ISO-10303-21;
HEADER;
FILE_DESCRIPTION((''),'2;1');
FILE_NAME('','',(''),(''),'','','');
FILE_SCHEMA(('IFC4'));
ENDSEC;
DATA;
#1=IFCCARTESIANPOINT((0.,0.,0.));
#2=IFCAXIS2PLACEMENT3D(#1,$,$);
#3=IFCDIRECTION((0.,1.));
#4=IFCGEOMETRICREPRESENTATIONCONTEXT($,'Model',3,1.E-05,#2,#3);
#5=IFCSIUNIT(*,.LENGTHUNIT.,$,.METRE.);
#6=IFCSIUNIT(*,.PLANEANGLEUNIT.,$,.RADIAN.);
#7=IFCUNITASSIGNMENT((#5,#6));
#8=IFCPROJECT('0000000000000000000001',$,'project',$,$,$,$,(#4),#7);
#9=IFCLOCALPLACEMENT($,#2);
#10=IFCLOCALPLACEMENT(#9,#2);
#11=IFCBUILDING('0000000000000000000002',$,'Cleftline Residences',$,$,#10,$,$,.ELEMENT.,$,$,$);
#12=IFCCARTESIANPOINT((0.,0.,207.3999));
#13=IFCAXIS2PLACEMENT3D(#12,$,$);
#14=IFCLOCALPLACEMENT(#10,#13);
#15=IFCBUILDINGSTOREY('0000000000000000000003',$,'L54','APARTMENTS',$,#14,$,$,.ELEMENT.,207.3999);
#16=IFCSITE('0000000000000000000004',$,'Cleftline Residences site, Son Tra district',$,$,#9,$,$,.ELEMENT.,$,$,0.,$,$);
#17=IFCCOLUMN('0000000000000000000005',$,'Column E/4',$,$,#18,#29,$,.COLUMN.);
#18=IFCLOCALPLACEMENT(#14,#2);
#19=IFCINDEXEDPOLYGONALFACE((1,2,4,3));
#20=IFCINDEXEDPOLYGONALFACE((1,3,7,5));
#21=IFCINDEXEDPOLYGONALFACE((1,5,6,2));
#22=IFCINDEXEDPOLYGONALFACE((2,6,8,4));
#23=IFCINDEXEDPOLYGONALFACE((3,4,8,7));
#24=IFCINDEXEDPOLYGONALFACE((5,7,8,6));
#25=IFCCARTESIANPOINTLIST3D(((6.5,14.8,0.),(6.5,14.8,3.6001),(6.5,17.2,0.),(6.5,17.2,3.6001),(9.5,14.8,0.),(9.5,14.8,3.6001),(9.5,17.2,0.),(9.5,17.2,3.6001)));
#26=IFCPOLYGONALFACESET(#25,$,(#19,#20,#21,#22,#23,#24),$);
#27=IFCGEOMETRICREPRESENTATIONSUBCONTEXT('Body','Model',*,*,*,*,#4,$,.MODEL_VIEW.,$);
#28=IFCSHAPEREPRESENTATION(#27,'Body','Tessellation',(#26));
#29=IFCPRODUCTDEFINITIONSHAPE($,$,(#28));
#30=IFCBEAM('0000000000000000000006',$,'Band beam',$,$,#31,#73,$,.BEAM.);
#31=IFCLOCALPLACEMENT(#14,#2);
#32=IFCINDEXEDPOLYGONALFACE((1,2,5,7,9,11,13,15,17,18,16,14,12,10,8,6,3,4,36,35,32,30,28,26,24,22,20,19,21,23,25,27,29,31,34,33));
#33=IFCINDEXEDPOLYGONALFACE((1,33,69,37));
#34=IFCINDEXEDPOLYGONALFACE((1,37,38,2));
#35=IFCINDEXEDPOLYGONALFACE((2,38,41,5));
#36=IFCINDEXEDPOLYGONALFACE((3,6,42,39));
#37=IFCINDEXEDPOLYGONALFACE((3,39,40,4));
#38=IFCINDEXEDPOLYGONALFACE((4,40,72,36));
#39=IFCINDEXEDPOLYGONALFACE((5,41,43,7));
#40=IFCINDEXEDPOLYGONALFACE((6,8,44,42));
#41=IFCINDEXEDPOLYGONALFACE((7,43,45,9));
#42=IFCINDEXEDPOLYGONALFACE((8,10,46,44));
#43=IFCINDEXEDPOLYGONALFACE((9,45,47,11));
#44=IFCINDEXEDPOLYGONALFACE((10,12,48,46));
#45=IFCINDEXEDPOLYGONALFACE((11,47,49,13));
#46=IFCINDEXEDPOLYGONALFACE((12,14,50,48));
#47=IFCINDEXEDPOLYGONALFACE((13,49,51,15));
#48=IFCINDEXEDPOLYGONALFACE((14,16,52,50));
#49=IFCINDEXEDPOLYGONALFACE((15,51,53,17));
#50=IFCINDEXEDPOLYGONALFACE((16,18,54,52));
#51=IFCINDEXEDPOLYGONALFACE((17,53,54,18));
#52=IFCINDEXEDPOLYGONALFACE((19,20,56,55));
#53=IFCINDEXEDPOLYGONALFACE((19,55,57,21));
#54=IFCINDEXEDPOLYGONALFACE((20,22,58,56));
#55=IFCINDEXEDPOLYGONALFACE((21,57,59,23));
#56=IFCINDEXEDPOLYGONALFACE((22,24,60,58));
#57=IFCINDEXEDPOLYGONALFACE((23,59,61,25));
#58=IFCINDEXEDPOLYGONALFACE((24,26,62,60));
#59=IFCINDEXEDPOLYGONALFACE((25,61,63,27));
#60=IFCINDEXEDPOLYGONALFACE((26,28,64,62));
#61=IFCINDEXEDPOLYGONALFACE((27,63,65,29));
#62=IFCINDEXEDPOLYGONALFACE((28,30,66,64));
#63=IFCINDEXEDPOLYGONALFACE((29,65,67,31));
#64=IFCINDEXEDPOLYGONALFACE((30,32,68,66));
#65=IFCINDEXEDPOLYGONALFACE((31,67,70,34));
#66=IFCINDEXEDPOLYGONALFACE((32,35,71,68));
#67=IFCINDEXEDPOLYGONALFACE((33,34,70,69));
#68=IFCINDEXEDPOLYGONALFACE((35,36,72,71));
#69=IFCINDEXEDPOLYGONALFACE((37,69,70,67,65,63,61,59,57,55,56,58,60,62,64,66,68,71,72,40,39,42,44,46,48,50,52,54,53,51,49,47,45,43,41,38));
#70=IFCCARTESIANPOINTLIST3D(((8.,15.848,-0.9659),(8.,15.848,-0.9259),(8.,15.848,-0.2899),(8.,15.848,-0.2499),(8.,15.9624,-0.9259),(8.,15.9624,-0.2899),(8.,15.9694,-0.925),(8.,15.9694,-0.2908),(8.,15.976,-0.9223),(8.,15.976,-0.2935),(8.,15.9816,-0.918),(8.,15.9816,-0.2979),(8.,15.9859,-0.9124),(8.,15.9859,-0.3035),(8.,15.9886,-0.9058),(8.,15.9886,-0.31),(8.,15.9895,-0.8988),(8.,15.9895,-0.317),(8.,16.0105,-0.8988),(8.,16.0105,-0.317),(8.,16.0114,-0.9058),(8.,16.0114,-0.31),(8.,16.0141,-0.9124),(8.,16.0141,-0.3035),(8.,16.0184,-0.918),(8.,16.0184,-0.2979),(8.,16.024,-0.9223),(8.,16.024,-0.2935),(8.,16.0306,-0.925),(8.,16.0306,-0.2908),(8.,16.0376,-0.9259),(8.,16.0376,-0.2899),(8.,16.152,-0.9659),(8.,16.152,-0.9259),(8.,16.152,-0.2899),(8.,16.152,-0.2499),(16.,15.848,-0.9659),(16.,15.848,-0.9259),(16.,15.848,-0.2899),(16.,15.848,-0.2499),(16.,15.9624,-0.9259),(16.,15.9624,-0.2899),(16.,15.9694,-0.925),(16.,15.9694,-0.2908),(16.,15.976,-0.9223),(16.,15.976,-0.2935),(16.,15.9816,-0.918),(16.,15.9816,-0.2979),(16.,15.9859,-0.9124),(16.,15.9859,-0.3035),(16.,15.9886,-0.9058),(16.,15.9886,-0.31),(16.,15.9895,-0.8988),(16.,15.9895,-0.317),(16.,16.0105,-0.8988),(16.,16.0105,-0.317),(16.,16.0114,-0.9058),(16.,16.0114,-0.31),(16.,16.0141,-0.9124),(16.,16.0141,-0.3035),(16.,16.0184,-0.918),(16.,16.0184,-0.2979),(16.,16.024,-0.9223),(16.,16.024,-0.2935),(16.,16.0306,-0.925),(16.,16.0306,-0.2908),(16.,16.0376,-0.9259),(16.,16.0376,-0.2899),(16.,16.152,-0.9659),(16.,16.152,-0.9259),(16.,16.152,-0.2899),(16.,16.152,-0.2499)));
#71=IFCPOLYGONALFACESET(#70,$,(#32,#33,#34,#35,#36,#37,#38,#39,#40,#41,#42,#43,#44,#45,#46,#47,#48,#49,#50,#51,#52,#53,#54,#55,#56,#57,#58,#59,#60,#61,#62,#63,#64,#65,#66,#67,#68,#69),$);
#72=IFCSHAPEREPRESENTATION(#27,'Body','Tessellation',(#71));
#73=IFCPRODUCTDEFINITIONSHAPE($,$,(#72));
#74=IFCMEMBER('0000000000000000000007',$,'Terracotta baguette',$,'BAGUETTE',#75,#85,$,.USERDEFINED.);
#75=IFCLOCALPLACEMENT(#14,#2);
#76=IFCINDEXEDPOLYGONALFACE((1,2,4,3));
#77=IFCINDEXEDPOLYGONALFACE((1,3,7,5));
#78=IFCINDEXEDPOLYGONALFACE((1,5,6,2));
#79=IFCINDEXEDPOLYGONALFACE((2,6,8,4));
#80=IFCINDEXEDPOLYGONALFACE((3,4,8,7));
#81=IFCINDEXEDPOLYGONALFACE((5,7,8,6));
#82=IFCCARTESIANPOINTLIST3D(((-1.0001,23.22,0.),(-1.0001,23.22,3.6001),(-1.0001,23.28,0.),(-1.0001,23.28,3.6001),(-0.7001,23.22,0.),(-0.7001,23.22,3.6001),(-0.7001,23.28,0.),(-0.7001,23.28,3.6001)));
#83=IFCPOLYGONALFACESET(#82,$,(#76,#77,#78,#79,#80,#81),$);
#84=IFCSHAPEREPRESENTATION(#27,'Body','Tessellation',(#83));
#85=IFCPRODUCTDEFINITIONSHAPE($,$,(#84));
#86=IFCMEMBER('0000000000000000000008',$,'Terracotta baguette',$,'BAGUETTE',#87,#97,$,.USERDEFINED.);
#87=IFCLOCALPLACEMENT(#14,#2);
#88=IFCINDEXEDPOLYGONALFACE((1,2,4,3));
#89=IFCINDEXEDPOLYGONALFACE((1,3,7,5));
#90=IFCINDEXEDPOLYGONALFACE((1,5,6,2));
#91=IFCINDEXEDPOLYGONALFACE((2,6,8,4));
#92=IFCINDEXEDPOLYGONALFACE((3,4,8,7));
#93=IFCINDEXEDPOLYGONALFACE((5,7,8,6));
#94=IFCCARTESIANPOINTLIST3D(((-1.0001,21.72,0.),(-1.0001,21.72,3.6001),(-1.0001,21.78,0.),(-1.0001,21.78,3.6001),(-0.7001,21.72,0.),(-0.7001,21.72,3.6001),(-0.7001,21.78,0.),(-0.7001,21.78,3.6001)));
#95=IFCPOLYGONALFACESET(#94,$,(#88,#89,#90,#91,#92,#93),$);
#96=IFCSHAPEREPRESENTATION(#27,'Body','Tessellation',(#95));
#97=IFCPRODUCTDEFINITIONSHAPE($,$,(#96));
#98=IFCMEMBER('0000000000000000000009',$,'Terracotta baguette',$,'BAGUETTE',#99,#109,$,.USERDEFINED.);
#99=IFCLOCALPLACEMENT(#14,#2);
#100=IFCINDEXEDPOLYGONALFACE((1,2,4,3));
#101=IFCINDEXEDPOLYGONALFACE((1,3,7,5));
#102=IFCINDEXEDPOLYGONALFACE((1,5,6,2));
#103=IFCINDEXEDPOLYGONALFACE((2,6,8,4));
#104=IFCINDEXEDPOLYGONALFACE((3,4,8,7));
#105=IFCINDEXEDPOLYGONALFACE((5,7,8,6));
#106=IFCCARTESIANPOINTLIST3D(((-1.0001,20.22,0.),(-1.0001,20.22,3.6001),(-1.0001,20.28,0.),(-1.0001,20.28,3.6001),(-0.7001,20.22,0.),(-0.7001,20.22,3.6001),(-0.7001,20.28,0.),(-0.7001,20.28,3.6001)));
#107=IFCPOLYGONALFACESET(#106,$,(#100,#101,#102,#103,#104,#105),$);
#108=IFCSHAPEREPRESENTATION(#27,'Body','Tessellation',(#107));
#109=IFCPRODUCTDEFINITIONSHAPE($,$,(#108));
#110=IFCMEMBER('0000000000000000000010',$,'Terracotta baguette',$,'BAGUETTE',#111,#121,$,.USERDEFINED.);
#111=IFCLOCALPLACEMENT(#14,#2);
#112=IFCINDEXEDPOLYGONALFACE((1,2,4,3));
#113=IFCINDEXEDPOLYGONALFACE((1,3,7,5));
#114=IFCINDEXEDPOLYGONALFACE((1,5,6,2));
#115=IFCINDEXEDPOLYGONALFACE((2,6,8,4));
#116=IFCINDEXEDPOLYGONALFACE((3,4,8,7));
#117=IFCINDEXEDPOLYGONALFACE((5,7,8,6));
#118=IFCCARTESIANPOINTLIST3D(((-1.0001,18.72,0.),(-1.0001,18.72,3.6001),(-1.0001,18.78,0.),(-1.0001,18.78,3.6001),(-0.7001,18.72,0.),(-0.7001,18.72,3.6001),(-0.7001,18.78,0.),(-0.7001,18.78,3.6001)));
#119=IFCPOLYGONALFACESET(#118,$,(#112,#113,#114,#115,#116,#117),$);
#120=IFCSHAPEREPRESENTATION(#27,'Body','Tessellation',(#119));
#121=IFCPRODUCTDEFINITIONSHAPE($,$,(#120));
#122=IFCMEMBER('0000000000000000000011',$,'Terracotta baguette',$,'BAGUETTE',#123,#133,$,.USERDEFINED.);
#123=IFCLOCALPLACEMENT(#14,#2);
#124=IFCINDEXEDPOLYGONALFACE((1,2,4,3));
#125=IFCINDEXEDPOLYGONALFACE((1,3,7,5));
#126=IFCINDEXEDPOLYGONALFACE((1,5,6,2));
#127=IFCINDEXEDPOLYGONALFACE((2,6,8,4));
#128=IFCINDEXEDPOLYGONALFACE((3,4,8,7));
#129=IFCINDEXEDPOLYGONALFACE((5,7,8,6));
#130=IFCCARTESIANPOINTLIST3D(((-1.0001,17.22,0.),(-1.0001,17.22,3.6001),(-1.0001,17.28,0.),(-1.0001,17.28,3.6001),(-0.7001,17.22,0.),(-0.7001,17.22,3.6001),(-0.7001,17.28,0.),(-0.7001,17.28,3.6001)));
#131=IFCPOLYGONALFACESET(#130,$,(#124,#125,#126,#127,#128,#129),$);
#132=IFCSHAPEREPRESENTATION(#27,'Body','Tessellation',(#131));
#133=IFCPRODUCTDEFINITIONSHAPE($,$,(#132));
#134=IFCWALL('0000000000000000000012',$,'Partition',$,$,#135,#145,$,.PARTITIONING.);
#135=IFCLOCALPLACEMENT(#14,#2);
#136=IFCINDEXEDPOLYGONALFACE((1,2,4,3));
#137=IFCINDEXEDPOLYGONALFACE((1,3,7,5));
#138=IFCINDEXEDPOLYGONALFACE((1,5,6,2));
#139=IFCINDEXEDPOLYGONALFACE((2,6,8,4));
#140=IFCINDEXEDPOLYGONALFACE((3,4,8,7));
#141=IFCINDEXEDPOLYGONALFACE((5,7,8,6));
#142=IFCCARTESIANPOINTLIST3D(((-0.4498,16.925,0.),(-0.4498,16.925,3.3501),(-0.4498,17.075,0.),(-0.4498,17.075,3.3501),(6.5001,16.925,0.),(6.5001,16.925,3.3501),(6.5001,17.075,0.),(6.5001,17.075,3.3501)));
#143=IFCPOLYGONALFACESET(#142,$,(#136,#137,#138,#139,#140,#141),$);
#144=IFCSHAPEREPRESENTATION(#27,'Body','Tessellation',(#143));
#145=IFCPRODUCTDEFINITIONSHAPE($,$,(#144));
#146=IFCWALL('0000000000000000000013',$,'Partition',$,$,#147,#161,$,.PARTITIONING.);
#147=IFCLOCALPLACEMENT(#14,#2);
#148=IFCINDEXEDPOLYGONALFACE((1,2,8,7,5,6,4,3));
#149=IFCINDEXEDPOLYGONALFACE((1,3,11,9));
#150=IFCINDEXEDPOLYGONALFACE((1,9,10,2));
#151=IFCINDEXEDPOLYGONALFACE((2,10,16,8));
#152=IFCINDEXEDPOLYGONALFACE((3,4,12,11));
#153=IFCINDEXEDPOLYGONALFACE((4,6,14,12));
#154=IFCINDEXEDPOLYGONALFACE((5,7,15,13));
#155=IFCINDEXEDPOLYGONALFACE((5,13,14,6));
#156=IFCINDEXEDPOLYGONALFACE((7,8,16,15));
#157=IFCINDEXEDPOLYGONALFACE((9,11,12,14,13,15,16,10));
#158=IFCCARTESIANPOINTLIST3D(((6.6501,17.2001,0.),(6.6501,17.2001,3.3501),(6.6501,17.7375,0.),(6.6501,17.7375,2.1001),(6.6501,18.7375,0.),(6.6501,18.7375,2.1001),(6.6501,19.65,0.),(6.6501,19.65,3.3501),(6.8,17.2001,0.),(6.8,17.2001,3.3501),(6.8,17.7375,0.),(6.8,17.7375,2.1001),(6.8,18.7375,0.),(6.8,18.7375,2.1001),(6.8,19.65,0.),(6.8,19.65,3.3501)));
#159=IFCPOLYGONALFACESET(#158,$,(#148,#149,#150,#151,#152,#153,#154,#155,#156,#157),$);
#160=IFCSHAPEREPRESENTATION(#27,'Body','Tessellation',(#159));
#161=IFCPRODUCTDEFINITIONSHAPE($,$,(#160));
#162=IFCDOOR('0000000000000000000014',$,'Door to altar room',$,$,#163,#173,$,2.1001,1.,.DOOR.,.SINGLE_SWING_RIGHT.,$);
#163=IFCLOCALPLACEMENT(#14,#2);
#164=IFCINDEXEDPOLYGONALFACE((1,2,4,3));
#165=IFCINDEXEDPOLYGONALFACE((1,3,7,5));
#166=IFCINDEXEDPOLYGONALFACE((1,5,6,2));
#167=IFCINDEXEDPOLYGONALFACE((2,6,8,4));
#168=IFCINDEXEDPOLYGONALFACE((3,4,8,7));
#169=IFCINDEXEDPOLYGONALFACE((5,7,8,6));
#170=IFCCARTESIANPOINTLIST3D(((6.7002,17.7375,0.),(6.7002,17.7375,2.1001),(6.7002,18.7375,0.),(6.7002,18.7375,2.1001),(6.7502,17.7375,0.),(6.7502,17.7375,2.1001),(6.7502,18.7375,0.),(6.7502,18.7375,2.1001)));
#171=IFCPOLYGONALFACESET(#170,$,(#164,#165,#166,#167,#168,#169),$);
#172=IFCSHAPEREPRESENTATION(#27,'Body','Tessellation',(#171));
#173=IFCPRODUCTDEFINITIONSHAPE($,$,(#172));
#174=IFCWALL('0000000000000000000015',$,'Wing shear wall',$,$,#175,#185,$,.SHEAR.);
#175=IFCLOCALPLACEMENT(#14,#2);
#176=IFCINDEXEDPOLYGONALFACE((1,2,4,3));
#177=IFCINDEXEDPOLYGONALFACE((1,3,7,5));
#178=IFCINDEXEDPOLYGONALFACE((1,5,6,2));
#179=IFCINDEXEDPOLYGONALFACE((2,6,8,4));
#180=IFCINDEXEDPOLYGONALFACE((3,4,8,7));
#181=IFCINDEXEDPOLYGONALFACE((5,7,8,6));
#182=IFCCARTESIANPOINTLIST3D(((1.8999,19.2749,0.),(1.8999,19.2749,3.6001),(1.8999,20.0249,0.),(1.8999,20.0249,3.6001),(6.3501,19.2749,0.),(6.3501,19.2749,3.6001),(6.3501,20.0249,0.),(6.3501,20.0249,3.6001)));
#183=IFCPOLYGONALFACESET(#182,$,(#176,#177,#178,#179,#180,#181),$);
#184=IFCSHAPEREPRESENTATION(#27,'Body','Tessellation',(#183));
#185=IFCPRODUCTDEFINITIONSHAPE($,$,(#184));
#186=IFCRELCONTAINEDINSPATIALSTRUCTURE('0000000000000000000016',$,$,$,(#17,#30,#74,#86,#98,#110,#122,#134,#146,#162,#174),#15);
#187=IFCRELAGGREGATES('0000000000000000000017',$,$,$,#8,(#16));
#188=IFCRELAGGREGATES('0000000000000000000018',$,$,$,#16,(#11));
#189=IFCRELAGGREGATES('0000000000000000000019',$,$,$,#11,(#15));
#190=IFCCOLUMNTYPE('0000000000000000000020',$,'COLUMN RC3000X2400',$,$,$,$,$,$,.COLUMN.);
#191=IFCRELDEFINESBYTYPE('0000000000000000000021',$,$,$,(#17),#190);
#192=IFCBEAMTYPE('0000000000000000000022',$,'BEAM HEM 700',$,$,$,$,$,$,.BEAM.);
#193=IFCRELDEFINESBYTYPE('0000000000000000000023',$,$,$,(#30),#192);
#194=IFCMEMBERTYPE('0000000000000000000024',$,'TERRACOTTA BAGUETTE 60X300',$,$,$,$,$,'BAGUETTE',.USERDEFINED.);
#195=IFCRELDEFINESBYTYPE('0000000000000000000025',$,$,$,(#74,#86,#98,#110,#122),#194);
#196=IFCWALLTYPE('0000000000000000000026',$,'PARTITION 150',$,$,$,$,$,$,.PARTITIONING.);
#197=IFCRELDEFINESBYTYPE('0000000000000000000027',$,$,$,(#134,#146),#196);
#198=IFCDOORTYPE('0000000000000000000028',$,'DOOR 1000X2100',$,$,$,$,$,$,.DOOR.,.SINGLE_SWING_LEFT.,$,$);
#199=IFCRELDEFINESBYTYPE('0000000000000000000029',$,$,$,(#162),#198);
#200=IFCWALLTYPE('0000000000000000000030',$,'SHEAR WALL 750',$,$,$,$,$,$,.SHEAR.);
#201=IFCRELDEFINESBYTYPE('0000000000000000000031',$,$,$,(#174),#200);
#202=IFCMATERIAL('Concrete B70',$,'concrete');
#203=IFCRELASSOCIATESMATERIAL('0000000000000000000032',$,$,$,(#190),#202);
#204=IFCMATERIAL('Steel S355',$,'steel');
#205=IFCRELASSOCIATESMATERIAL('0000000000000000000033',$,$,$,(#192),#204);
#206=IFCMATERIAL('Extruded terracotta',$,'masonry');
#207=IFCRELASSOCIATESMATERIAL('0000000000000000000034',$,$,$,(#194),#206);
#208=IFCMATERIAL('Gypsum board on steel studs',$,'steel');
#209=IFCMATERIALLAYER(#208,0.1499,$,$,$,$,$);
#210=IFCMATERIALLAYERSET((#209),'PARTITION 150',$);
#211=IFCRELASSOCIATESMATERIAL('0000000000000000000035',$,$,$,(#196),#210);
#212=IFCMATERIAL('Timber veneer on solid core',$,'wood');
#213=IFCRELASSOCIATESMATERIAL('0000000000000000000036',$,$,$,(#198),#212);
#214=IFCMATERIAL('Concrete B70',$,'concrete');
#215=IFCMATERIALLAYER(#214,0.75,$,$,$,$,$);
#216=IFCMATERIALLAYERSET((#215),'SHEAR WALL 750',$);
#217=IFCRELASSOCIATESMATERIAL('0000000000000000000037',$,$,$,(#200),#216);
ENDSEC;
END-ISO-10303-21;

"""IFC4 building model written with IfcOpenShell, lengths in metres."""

from ifc_helpers import new_model, si_unit, direction, frame, frame_2d, origin, origin_2d, place, context, subcontext, project, spatial, rectangle, i_section, extrude, material, layer, layer_set, material_profile, profile_set, type_object, element, fill, save


model = new_model("IFC4")

# Units and contexts
model_context = context("Model", 3, precision=1e-05, world=origin(), true_north=direction((0.0, 1.0)))
body_context = subcontext(model_context, "Body", "Model", "MODEL_VIEW")
ifc_project = project(units=[si_unit("LENGTHUNIT", "METRE"), si_unit("PLANEANGLEUNIT", "RADIAN")], contexts=[model_context])

# Site, building, storey
site_placement = place(None, origin())
site = spatial("IfcSite", under=ifc_project, at=site_placement, Name="Cleftline Residences site, Son Tra district", CompositionType="ELEMENT", RefElevation=0.0)
building_placement = place(site_placement, origin())
building = spatial("IfcBuilding", under=site, at=building_placement, Name="Cleftline Residences", CompositionType="ELEMENT")
storey_placement = place(building_placement, frame((0.0, 0.0, 207.3999)))
storey = spatial("IfcBuildingStorey", under=building, at=storey_placement, Name="L54", Description="APARTMENTS", CompositionType="ELEMENT", Elevation=207.3999)

# Column
ifc_material_1 = material(Name="Concrete B70", Category="concrete")
ifc_material_profile_1 = material_profile(ifc_material_1, rectangle(XDim=3.0, YDim=2.3999, at=origin_2d()))
ifc_profile_set_1 = profile_set([ifc_material_profile_1], Name="Concrete B70")
column_type = type_object("IfcColumnType", Name="COLUMN RC3000X2400", PredefinedType="COLUMN", material=ifc_profile_set_1)
column_placement = place(storey_placement, frame((8.0, 16.0, 0.0), z_axis=(0.0, 0.0, 1.0), x_axis=(1.0, 0.0, 0.0)))
element("IfcColumn", 1, at=column_placement, inside=storey, type_object=column_type, Name="Column E/4", PredefinedType="COLUMN", context=body_context, shape_type="SweptSolid", body=[
    extrude(rectangle(XDim=3.0, YDim=2.3999, at=origin_2d()), origin(), (0.0, 0.0, 1.0), 3.6001),
])

# Beam
ifc_material_2 = material(Name="Steel S355", Category="steel")
ifc_material_profile_2 = material_profile(ifc_material_2, i_section(OverallWidth=0.304, OverallDepth=0.7161, WebThickness=0.021, FlangeThickness=0.04, FilletRadius=0.0271, at=origin_2d()))
ifc_profile_set_2 = profile_set([ifc_material_profile_2], Name="Steel S355")
beam_type = type_object("IfcBeamType", Name="BEAM HEM 700", PredefinedType="BEAM", material=ifc_profile_set_2)
beam_placement = place(storey_placement, frame((8.0, 16.0, -0.6079), z_axis=(1.0, 0.0, 0.0), x_axis=(0.0, 1.0, 0.0)))
element("IfcBeam", 2, at=beam_placement, inside=storey, type_object=beam_type, Name="Band beam", PredefinedType="BEAM", context=body_context, shape_type="SweptSolid", body=[
    extrude(i_section(OverallWidth=0.304, OverallDepth=0.7161, WebThickness=0.021, FlangeThickness=0.04, FilletRadius=0.0271, at=origin_2d()), origin(), (0.0, 0.0, 1.0), 8.0),
])

# Members
ifc_material_3 = material(Name="Extruded terracotta", Category="masonry")
ifc_material_profile_3 = material_profile(ifc_material_3, rectangle(XDim=0.0601, YDim=0.3, at=origin_2d()))
ifc_profile_set_3 = profile_set([ifc_material_profile_3], Name="Extruded terracotta")
member_type = type_object("IfcMemberType", Name="TERRACOTTA BAGUETTE 60X300", ElementType="BAGUETTE", PredefinedType="USERDEFINED", material=ifc_profile_set_3)
for number, where, z_axis, x_axis, name in (
    (3, (-0.8501, 23.25, 0.0), (0.0, 0.0, 1.0), (0.0, 1.0, 0.0), "Terracotta baguette"),
    (4, (-0.8501, 21.75, 0.0), (0.0, 0.0, 1.0), (0.0, 1.0, 0.0), "Terracotta baguette"),
    (5, (-0.8501, 20.25, 0.0), (0.0, 0.0, 1.0), (0.0, 1.0, 0.0), "Terracotta baguette"),
    (6, (-0.8501, 18.75, 0.0), (0.0, 0.0, 1.0), (0.0, 1.0, 0.0), "Terracotta baguette"),
    (7, (-0.8501, 17.25, 0.0), (0.0, 0.0, 1.0), (0.0, 1.0, 0.0), "Terracotta baguette"),
):
    element("IfcMember", number, at=place(storey_placement, frame(where, z_axis=z_axis, x_axis=x_axis)), inside=storey, type_object=member_type, Name=name, ObjectType="BAGUETTE", PredefinedType="USERDEFINED", context=body_context, shape_type="SweptSolid", body=[
        extrude(rectangle(XDim=0.0601, YDim=0.3, at=origin_2d()), origin(), (0.0, 0.0, 1.0), 3.6001),
    ])

# Wall
ifc_material_4 = material(Name="Gypsum board on steel studs", Category="steel")
ifc_layer_1 = layer(ifc_material_4, 0.1499)
ifc_layer_set_1 = layer_set([ifc_layer_1], Name="PARTITION 150")
wall_type_1 = type_object("IfcWallType", Name="PARTITION 150", PredefinedType="PARTITIONING", material=ifc_layer_set_1)
wall_1_placement = place(storey_placement, frame((-0.45, 17.0, 0.0), z_axis=(0.0, 0.0, 1.0), x_axis=(1.0, 0.0, 0.0)))
element("IfcWall", 8, at=wall_1_placement, inside=storey, type_object=wall_type_1, Name="Partition", PredefinedType="PARTITIONING", context=body_context, shape_type="SweptSolid", body=[
    extrude(rectangle(XDim=6.95, YDim=0.1499, at=frame_2d((3.4751, 0.0))), origin(), (0.0, 0.0, 1.0), 3.3501),
])

# Wall, opening, door
wall_2_placement = place(storey_placement, frame((6.7251, 17.2, 0.0), z_axis=(0.0, 0.0, 1.0), x_axis=(0.0, 1.0, 0.0)))
wall_2 = element("IfcWall", 9, at=wall_2_placement, inside=storey, type_object=wall_type_1, Name="Partition", PredefinedType="PARTITIONING", context=body_context, shape_type="SweptSolid", body=[
    extrude(rectangle(XDim=2.45, YDim=0.1499, at=frame_2d((1.2251, 0.0))), origin(), (0.0, 0.0, 1.0), 3.3501),
])
opening_1_placement = place(wall_2_placement, frame((0.5376, 0.0, 0.0)))
opening_1 = element("IfcOpeningElement", 10, at=opening_1_placement, cuts=wall_2, PredefinedType="OPENING", context=body_context, shape_type="SweptSolid", body=[
    extrude(rectangle(XDim=1.0, YDim=2.1001, at=frame_2d((0.5, 1.05))), frame((0.0, 0.085, 0.0), z_axis=(0.0, -1.0, 0.0), x_axis=(1.0, 0.0, 0.0)), (0.0, 0.0, 1.0), 0.1699),
])
ifc_material_5 = material(Name="Timber veneer on solid core", Category="wood")
door_type_1 = type_object("IfcDoorType", Name="DOOR 1000X2100", OperationType="SINGLE_SWING_LEFT", PredefinedType="DOOR", material=ifc_material_5)
door_1_placement = place(opening_1_placement, origin())
door_1 = element("IfcDoor", 11, at=door_1_placement, inside=storey, type_object=door_type_1, Name="Door to altar room", OperationType="SINGLE_SWING_RIGHT", OverallHeight=2.1001, OverallWidth=1.0, PredefinedType="DOOR", context=body_context, shape_type="SweptSolid", body=[
    extrude(rectangle(XDim=1.0, YDim=2.1001, at=frame_2d((0.5, 1.05))), frame((0.0, 0.0249, 0.0), z_axis=(0.0, -1.0, 0.0), x_axis=(1.0, 0.0, 0.0)), (0.0, 0.0, 1.0), 0.05),
])
fill(opening_1, door_1)

# Wall
ifc_material_6 = material(Name="Concrete B70", Category="concrete")
ifc_layer_2 = layer(ifc_material_6, 0.75)
ifc_layer_set_2 = layer_set([ifc_layer_2], Name="SHEAR WALL 750")
wall_type_2 = type_object("IfcWallType", Name="SHEAR WALL 750", PredefinedType="SHEAR", material=ifc_layer_set_2)
wall_3_placement = place(storey_placement, frame((1.8999, 19.6499, 0.0), z_axis=(0.0, 0.0, 1.0), x_axis=(1.0, 0.0, 0.0)))
element("IfcWall", 12, at=wall_3_placement, inside=storey, type_object=wall_type_2, Name="Wing shear wall", PredefinedType="SHEAR", context=body_context, shape_type="SweptSolid", body=[
    extrude(rectangle(XDim=4.4502, YDim=0.75, at=frame_2d((2.2251, 0.0))), origin(), (0.0, 0.0, 1.0), 3.6001),
])

save(model, "model.ifc")
